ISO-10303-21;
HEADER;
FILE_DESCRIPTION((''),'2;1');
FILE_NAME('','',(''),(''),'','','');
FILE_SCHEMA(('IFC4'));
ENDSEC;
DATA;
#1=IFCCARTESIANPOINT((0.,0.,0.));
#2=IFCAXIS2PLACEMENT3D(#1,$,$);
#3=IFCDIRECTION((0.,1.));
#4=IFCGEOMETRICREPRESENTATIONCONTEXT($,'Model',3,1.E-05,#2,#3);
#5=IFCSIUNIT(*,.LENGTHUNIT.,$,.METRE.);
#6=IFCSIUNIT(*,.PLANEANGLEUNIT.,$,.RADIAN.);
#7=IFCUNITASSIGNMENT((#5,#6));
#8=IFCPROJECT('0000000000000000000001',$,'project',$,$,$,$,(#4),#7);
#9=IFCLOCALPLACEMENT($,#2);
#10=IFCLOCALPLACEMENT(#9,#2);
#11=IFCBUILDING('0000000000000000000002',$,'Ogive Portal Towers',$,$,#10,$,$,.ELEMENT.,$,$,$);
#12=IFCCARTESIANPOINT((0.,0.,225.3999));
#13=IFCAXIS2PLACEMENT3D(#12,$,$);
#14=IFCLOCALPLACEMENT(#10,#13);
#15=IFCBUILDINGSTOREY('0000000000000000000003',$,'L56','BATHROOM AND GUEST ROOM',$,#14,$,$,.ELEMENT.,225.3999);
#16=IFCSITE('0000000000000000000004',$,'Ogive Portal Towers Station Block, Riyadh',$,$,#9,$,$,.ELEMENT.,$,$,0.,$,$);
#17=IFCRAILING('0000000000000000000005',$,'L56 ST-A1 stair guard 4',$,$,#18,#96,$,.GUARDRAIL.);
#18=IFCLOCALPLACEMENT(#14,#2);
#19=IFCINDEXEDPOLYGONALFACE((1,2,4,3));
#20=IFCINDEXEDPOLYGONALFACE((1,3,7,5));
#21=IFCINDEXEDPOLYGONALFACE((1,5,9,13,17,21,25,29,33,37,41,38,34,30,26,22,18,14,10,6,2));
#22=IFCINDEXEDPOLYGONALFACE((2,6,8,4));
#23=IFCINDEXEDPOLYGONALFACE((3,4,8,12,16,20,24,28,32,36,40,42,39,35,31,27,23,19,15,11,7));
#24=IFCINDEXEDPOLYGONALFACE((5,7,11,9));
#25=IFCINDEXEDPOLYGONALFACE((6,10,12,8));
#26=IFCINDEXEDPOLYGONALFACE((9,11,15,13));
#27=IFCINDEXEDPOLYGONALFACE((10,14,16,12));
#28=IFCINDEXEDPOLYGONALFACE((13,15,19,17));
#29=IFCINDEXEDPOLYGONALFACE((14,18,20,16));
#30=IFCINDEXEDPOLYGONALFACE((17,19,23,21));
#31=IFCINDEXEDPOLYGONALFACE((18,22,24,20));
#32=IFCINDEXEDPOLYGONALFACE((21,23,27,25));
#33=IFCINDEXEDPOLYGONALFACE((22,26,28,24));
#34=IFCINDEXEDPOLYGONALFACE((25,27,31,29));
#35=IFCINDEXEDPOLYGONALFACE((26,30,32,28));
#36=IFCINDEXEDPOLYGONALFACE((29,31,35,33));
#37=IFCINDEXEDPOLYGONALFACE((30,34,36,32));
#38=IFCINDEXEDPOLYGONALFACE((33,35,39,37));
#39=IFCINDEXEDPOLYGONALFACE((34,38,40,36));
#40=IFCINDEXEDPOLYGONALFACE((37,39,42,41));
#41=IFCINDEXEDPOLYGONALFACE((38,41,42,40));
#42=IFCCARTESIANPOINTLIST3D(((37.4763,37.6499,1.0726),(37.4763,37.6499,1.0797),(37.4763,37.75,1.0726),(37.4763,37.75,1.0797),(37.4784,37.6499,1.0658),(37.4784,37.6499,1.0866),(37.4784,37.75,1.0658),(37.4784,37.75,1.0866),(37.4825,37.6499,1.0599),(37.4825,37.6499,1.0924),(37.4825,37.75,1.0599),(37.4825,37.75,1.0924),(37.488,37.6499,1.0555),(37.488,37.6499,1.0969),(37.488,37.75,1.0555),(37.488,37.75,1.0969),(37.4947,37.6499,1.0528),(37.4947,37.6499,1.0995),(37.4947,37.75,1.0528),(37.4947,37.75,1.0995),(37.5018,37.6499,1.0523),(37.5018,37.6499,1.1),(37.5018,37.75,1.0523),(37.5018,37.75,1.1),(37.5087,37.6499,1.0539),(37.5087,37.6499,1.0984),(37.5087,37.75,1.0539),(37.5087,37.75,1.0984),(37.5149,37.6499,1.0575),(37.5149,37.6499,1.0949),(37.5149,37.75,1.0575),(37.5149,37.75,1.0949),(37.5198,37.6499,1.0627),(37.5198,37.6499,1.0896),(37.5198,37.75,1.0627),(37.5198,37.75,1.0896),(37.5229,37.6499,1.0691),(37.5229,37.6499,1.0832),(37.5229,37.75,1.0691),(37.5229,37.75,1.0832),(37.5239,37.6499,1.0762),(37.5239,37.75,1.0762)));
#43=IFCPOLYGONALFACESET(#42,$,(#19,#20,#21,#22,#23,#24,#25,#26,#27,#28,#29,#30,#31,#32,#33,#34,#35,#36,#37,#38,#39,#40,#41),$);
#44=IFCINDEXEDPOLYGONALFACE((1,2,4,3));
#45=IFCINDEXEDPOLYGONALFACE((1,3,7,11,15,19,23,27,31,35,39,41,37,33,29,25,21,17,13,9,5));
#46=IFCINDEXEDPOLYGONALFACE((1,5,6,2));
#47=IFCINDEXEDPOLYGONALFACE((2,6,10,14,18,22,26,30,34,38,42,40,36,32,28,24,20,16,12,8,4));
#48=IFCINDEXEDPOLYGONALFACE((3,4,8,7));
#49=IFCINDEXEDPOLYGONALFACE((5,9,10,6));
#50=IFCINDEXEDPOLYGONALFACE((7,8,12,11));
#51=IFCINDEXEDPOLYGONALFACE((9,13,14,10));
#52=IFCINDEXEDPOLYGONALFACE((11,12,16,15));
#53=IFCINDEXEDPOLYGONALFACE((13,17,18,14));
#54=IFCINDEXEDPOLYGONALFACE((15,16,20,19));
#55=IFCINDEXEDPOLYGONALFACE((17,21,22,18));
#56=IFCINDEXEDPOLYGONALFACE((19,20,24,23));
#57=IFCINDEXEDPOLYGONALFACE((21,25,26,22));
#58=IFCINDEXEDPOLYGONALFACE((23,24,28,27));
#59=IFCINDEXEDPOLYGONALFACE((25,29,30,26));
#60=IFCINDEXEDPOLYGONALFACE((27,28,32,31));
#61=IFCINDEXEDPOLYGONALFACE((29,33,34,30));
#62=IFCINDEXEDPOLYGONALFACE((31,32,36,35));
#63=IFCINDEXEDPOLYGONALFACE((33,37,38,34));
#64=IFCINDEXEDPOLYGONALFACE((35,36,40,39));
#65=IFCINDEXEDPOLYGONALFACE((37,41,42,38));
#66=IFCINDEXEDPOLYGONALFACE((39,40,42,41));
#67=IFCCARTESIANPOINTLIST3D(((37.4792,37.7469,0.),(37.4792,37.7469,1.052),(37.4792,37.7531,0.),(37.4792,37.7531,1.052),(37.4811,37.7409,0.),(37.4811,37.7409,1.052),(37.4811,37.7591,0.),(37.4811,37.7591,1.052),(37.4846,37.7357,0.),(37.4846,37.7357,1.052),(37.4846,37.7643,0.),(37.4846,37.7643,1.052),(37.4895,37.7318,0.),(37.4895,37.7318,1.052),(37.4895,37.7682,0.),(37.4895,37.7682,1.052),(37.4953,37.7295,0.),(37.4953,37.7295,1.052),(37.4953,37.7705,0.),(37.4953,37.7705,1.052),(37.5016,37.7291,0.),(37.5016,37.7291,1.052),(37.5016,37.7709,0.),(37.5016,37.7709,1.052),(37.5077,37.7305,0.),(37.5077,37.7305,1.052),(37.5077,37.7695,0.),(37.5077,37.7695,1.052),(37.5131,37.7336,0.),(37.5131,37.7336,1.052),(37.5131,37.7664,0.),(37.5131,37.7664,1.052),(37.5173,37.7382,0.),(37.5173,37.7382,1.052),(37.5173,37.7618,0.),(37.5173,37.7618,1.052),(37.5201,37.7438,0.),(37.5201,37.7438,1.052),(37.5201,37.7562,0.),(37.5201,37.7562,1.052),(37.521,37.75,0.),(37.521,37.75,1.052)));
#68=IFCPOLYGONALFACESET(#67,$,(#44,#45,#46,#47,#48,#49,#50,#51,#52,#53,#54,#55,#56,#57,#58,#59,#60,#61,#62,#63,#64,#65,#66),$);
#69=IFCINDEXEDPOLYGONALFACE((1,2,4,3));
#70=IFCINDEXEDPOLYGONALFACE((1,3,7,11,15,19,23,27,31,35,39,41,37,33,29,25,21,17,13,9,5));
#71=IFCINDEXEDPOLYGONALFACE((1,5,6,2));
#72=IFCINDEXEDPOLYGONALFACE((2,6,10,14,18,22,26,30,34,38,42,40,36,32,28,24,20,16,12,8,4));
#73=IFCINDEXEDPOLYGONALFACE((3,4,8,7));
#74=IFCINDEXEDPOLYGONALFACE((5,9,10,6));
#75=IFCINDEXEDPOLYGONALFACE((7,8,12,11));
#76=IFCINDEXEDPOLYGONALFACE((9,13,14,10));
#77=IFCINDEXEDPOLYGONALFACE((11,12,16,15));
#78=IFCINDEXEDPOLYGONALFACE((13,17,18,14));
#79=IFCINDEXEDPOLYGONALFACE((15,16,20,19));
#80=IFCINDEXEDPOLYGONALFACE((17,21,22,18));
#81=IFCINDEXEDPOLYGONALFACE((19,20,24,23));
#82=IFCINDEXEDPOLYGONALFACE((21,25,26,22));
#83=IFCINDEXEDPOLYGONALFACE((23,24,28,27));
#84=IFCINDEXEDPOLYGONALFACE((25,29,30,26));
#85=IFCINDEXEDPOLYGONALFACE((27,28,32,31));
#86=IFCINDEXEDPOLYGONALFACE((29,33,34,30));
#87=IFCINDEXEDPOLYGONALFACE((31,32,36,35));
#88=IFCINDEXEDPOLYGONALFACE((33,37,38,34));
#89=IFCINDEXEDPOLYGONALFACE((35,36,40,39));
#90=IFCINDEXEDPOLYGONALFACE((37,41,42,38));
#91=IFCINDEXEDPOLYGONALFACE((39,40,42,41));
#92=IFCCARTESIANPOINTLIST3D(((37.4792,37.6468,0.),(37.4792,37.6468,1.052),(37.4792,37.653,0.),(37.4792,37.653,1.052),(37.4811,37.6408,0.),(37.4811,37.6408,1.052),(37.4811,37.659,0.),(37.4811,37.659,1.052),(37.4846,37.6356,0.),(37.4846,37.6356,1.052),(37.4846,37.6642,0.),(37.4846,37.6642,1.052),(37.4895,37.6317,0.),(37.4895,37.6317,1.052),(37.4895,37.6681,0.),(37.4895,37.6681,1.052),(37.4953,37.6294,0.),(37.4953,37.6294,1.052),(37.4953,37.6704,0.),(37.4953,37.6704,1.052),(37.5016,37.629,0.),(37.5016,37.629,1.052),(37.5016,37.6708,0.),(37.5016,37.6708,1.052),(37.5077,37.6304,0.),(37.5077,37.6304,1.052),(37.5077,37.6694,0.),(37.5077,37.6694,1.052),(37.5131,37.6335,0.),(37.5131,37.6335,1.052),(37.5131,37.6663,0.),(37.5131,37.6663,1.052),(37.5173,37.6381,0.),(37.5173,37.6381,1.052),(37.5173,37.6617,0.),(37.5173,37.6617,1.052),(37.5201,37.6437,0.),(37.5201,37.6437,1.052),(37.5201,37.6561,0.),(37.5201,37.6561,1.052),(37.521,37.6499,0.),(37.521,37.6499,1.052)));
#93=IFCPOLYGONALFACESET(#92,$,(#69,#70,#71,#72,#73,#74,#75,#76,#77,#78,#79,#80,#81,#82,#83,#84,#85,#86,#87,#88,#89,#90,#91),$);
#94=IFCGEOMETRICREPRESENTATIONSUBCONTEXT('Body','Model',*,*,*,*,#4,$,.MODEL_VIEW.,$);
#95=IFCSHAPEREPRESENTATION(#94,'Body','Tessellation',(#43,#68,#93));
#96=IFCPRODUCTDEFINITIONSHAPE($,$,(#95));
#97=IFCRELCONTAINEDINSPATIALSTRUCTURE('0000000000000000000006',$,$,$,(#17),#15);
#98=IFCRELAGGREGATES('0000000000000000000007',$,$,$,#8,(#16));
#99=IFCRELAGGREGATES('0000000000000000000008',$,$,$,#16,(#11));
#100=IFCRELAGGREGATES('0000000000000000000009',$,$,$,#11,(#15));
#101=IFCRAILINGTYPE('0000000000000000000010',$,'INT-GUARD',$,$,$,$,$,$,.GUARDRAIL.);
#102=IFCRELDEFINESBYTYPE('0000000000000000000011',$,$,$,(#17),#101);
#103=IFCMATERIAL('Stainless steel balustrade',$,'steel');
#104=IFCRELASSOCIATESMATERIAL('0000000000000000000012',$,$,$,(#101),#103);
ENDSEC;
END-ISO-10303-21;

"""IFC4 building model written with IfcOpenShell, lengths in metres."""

from ifc_helpers import new_model, si_unit, direction, frame, origin, origin_2d, place, context, subcontext, project, spatial, circle, extrude, material, type_object, element, save


model = new_model("IFC4")

# Units and contexts
model_context = context("Model", 3, precision=1e-05, world=origin(), true_north=direction((0.0, 1.0)))
body_context = subcontext(model_context, "Body", "Model", "MODEL_VIEW")
ifc_project = project(units=[si_unit("LENGTHUNIT", "METRE"), si_unit("PLANEANGLEUNIT", "RADIAN")], contexts=[model_context])

# Site, building, storey
site_placement = place(None, origin())
site = spatial("IfcSite", under=ifc_project, at=site_placement, Name="Ogive Portal Towers Station Block, Riyadh", CompositionType="ELEMENT", RefElevation=0.0)
building_placement = place(site_placement, origin())
building = spatial("IfcBuilding", under=site, at=building_placement, Name="Ogive Portal Towers", CompositionType="ELEMENT")
storey_placement = place(building_placement, frame((0.0, 0.0, 225.3999)))
storey = spatial("IfcBuildingStorey", under=building, at=storey_placement, Name="L56", Description="BATHROOM AND GUEST ROOM", CompositionType="ELEMENT", Elevation=225.3999)

# Railing
ifc_material_1 = material(Name="Stainless steel balustrade", Category="steel")
railing_type = type_object("IfcRailingType", Name="INT-GUARD", PredefinedType="GUARDRAIL", material=ifc_material_1)
railing_placement = place(storey_placement, frame((37.5, 37.75, 0.0)))
element("IfcRailing", 1, at=railing_placement, inside=storey, type_object=railing_type, Name="L56 ST-A1 stair guard 4", PredefinedType="GUARDRAIL", context=body_context, shape_type="SweptSolid", body=[
    extrude(circle(Radius=0.0239, at=origin_2d()), frame((0.0, 0.0, 1.0762), z_axis=(0.0, -1.0, 0.0), x_axis=(1.0, 0.0, 0.0)), (0.0, 0.0, 1.0), 0.1001),
    extrude(circle(Radius=0.021, at=origin_2d()), origin(), (0.0, 0.0, 1.0), 1.052),
    extrude(circle(Radius=0.021, at=origin_2d()), frame((0.0, -0.1001, 0.0)), (0.0, 0.0, 1.0), 1.052),
])

save(model, "model.ifc")
